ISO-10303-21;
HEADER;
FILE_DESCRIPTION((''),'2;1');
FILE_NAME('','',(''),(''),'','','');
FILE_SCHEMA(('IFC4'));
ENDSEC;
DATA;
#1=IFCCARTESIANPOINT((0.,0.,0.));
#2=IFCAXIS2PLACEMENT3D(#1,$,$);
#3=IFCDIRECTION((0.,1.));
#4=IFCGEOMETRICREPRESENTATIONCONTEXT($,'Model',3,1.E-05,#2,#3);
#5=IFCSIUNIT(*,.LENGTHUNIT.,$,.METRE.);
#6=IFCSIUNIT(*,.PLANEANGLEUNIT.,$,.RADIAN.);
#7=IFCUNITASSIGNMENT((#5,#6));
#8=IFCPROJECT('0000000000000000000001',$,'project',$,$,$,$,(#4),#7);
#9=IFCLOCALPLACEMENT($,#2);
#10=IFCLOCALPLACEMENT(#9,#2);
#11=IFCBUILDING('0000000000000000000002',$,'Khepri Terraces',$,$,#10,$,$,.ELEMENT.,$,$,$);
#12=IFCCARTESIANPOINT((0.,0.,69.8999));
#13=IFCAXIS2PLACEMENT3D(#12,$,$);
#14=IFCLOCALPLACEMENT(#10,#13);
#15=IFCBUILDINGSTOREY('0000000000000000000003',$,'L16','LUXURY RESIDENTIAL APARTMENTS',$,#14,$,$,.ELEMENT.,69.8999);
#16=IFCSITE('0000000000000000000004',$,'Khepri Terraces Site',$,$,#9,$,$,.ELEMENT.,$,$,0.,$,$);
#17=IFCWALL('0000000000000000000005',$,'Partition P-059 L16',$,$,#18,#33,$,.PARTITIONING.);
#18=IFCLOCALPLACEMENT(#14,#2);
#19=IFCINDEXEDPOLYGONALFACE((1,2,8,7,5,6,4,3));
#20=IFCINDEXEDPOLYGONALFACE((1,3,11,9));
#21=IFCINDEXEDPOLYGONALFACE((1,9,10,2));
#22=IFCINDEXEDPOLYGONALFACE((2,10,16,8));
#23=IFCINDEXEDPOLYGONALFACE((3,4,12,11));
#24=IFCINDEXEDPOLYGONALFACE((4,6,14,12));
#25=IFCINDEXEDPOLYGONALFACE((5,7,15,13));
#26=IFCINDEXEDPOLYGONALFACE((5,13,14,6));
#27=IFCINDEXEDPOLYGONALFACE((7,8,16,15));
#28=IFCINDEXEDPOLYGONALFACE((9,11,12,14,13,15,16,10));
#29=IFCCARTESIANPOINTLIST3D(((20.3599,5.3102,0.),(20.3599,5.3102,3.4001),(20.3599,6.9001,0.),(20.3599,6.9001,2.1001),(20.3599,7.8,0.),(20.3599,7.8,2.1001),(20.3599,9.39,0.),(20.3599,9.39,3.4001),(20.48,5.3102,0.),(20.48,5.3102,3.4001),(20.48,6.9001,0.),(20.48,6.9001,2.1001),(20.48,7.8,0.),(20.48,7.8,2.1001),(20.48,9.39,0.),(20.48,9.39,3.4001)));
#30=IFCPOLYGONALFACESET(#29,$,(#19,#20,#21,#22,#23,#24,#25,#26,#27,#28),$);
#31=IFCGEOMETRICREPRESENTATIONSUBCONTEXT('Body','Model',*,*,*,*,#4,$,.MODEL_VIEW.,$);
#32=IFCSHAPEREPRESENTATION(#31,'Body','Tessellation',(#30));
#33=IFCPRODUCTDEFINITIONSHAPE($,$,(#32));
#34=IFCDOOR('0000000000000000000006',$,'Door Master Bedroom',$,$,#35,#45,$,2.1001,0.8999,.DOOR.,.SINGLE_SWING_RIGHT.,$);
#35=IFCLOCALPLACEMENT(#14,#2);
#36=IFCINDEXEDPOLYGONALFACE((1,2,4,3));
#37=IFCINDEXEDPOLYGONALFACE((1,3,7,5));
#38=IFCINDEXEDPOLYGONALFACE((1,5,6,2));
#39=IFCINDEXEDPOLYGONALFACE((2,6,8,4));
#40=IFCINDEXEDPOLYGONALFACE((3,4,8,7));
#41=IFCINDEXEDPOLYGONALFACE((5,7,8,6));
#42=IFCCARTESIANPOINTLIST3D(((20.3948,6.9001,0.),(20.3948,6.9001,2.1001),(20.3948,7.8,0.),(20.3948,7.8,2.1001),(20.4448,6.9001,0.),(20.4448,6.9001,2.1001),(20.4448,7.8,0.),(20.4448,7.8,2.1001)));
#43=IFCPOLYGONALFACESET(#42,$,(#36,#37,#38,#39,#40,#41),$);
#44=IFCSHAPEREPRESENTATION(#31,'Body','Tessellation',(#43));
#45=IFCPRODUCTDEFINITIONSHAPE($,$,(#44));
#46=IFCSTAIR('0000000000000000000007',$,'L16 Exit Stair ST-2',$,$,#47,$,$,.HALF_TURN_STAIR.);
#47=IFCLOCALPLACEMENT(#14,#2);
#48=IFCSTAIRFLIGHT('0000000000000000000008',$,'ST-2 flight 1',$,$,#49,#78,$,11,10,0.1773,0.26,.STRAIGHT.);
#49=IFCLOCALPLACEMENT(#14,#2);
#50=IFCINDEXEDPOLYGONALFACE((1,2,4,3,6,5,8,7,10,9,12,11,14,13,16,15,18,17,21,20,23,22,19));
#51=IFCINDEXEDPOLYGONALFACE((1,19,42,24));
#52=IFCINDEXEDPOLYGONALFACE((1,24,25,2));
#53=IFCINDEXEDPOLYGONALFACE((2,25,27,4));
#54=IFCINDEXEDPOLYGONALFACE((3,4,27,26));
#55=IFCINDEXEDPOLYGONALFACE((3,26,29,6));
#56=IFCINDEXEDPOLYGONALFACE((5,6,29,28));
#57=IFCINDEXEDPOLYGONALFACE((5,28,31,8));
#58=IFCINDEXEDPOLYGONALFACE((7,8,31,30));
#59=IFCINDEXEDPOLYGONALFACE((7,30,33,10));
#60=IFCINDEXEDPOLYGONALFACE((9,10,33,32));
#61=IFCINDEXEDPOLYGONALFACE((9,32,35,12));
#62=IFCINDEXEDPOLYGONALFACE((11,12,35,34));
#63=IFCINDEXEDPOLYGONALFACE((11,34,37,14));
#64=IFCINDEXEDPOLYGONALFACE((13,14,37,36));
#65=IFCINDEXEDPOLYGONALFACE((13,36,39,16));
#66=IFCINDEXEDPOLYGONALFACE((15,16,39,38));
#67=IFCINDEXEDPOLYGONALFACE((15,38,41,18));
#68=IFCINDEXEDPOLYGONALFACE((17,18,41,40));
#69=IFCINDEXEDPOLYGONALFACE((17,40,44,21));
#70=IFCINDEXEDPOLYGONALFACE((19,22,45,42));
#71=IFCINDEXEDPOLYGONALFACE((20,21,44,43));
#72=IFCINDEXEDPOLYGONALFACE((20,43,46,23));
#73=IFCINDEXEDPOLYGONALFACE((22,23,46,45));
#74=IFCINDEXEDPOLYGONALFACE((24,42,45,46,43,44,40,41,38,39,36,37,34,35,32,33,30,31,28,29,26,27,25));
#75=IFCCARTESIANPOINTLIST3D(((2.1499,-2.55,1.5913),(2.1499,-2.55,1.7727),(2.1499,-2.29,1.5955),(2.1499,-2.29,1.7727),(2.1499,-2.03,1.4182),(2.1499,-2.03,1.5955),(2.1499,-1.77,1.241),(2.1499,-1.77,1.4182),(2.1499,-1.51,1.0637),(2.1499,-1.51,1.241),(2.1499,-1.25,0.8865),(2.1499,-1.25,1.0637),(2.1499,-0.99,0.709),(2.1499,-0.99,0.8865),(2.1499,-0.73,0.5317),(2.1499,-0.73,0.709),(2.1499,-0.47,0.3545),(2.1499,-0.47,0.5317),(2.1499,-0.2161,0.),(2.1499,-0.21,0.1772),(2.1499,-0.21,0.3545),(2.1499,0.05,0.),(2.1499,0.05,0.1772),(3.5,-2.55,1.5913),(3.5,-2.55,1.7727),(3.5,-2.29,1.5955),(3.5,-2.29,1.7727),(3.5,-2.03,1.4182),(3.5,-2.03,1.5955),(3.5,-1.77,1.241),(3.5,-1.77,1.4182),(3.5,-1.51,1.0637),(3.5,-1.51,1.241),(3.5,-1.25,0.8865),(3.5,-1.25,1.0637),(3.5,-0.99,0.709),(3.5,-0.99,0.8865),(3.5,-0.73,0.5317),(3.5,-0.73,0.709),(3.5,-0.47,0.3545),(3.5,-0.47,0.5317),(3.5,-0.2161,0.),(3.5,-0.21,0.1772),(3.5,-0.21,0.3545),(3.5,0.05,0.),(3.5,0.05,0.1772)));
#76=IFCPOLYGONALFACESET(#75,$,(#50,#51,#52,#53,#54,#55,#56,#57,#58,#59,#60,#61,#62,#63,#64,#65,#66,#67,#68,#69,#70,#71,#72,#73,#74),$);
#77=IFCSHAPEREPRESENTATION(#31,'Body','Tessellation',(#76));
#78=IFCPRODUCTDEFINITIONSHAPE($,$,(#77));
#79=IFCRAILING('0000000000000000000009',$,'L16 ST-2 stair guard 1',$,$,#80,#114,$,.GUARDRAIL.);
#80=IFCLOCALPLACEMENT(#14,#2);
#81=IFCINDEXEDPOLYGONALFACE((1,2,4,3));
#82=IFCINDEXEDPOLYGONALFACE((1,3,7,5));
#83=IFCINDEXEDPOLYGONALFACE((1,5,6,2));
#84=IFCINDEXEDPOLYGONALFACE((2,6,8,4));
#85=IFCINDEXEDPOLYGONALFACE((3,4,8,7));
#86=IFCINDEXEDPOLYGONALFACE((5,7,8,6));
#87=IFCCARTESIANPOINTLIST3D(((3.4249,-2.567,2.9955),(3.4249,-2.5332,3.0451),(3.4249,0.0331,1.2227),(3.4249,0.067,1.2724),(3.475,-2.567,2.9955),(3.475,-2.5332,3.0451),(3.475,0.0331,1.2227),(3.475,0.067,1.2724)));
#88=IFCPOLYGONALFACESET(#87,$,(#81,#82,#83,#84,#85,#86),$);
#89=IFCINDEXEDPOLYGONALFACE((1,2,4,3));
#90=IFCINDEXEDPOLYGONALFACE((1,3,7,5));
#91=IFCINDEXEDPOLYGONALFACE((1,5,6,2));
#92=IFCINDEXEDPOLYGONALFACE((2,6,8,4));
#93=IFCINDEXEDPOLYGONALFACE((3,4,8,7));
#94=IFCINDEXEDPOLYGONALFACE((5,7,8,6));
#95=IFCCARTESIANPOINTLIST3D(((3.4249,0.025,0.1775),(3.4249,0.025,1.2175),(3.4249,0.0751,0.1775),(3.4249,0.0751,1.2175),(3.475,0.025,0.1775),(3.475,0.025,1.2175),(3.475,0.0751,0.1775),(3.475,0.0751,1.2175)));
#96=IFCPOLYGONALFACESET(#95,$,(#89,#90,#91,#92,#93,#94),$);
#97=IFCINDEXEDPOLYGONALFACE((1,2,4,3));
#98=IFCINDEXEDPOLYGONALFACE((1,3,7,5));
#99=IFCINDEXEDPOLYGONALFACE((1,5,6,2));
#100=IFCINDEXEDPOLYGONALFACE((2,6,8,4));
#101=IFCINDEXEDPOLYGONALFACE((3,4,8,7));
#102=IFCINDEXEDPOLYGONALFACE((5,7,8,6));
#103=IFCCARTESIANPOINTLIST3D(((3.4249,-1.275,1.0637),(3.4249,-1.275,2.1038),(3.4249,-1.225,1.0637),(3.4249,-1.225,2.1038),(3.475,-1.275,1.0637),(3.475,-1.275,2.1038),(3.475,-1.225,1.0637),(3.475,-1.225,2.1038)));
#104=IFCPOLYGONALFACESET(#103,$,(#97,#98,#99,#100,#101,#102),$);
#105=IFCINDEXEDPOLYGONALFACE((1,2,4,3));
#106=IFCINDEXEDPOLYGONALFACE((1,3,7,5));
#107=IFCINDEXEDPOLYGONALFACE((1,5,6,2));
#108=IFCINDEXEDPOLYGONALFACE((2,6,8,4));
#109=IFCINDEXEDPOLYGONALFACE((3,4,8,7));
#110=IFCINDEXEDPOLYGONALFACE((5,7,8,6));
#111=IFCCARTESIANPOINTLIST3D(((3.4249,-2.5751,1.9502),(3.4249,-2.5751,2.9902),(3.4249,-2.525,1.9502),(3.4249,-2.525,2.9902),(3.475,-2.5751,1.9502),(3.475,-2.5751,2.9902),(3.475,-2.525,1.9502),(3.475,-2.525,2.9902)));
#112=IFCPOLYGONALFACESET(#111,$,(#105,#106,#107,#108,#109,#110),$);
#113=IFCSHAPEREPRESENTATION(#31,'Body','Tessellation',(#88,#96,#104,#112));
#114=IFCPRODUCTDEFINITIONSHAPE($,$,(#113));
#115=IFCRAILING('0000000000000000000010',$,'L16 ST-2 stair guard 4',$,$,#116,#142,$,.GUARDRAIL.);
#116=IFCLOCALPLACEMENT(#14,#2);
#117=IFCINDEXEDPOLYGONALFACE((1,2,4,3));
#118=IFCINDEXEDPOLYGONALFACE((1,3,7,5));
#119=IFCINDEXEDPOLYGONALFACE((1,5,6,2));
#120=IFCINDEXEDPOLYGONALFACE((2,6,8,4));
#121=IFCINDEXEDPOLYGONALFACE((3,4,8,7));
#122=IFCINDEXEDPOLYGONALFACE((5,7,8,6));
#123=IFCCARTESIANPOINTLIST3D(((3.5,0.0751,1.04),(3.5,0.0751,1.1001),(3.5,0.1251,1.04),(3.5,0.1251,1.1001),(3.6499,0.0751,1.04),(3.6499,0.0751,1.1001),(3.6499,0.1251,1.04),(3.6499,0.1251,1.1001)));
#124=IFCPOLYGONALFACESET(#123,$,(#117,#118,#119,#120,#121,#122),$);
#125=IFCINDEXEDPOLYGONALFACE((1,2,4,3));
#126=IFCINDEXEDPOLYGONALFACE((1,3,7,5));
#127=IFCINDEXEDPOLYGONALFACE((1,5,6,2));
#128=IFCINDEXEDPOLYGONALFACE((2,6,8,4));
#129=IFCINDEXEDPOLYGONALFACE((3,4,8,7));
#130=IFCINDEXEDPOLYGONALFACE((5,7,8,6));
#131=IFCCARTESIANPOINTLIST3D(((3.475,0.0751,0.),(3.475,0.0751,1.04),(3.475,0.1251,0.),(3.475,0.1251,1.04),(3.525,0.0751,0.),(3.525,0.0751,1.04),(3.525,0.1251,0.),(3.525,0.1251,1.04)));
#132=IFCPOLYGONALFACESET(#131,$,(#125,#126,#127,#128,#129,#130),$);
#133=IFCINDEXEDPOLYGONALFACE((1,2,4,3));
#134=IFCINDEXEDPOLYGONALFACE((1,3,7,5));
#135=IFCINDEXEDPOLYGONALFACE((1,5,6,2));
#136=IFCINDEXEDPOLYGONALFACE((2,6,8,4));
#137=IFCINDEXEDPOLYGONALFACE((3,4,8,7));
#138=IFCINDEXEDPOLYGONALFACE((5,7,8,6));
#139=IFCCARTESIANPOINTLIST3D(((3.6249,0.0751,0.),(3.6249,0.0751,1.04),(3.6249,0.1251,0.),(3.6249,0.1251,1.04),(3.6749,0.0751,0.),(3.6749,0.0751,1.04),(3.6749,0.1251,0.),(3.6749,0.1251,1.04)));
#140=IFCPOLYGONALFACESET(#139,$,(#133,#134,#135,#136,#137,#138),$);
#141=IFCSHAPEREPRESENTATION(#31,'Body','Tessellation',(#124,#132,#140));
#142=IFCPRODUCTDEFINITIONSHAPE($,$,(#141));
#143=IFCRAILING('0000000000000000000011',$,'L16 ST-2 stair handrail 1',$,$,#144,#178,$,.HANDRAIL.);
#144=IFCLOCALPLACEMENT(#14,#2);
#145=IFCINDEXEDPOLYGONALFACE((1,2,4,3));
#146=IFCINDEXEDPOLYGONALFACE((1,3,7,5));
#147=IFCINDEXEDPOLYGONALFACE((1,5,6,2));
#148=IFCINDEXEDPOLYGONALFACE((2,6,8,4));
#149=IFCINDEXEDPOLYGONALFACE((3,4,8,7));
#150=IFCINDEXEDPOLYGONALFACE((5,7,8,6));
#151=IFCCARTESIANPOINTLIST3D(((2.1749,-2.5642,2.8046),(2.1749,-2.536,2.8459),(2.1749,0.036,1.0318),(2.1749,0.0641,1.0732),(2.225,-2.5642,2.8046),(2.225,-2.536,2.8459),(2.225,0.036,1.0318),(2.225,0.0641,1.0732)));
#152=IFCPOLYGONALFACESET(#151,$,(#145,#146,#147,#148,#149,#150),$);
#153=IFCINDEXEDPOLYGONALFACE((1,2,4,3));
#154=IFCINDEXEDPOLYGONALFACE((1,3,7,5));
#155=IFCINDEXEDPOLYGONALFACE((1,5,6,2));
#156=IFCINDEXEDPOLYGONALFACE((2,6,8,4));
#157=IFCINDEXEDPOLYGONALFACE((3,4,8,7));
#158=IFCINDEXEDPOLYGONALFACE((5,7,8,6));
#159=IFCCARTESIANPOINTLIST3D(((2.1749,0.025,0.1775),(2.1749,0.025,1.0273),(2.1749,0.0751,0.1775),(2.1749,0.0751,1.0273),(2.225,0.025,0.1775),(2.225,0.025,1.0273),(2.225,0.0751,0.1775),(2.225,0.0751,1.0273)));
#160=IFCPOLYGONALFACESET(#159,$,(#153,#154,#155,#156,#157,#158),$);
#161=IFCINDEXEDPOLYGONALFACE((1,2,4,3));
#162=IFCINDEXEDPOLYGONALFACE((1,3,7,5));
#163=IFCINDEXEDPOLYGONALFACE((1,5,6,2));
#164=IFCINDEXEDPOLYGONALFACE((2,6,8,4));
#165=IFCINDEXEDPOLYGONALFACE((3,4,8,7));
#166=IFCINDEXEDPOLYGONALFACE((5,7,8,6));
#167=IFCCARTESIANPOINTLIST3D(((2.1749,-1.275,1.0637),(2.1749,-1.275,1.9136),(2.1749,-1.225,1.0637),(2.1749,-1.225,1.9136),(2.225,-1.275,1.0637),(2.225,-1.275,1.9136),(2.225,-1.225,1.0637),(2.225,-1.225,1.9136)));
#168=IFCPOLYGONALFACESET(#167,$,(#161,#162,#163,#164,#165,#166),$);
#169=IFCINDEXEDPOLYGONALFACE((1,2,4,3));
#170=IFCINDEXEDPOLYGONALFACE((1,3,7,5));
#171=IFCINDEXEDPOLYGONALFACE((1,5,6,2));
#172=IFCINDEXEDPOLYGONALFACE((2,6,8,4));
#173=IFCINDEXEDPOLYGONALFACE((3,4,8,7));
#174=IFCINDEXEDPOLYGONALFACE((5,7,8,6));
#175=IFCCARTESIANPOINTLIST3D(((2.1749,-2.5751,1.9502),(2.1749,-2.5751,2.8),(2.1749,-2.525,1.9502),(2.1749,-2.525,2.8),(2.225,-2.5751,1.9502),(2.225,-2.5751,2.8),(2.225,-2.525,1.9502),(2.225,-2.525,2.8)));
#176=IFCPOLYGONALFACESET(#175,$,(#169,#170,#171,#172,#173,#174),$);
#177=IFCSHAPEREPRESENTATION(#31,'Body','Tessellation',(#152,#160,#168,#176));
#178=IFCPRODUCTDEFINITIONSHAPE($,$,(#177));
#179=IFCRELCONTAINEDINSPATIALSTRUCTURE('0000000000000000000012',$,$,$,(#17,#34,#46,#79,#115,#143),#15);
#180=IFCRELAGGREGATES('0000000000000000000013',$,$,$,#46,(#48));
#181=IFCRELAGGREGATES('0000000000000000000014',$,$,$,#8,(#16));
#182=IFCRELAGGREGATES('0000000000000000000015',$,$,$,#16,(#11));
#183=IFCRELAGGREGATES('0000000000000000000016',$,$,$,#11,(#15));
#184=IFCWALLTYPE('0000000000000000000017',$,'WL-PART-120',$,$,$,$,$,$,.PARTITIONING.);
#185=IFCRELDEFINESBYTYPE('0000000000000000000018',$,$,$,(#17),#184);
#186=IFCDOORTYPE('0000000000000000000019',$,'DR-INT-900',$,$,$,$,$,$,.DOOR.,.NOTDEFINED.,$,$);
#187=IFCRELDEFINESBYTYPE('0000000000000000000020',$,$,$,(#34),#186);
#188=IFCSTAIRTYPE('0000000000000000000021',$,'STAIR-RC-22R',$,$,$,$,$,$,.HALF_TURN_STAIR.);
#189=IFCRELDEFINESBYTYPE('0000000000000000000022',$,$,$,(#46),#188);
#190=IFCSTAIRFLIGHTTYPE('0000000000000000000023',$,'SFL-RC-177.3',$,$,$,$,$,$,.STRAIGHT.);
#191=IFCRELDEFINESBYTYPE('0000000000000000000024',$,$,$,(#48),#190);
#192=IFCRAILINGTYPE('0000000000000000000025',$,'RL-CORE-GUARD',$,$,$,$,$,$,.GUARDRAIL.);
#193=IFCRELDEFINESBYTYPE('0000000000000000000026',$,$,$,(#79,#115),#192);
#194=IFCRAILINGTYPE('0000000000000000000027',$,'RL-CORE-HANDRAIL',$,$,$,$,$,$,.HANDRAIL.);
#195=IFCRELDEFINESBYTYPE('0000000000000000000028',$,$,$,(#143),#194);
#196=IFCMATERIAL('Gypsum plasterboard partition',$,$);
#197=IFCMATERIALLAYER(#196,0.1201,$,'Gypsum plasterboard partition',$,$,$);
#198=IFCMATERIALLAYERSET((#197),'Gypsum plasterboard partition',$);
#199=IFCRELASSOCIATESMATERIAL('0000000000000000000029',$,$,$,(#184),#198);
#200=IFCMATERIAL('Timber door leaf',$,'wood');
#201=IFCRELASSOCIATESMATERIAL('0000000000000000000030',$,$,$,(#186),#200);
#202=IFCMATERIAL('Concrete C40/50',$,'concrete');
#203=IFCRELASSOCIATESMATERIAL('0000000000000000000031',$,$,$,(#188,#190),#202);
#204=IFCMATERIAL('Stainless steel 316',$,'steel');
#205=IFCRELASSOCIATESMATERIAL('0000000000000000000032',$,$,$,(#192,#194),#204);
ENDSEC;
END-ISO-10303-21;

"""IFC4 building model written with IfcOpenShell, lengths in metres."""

from ifc_helpers import new_model, si_unit, direction, frame, frame_2d, origin, origin_2d, place, context, subcontext, project, spatial, polyline, rectangle, outline, extrude, material, layer, layer_set, type_object, element, fill, aggregate, save


model = new_model("IFC4")

# Units and contexts
model_context = context("Model", 3, precision=1e-05, world=origin(), true_north=direction((0.0, 1.0)))
body_context = subcontext(model_context, "Body", "Model", "MODEL_VIEW")
ifc_project = project(units=[si_unit("LENGTHUNIT", "METRE"), si_unit("PLANEANGLEUNIT", "RADIAN")], contexts=[model_context])

# Site, building, storey
site_placement = place(None, origin())
site = spatial("IfcSite", under=ifc_project, at=site_placement, Name="Khepri Terraces Site", CompositionType="ELEMENT", RefElevation=0.0)
building_placement = place(site_placement, origin())
building = spatial("IfcBuilding", under=site, at=building_placement, Name="Khepri Terraces", CompositionType="ELEMENT")
storey_placement = place(building_placement, frame((0.0, 0.0, 69.8999)))
storey = spatial("IfcBuildingStorey", under=building, at=storey_placement, Name="L16", Description="LUXURY RESIDENTIAL APARTMENTS", CompositionType="ELEMENT", Elevation=69.8999)

# Shared definitions
ifc_material_1 = material(Name="Gypsum plasterboard partition")
ifc_layer_1 = layer(ifc_material_1, 0.1201, Name="Gypsum plasterboard partition")
ifc_layer_set_1 = layer_set([ifc_layer_1], Name="Gypsum plasterboard partition")
wall_type_1 = type_object("IfcWallType", Name="WL-PART-120", PredefinedType="PARTITIONING", material=ifc_layer_set_1)

# Shared definitions
ifc_material_2 = material(Name="Timber door leaf", Category="wood")
door_type_1 = type_object("IfcDoorType", Name="DR-INT-900", OperationType="NOTDEFINED", PredefinedType="DOOR", material=ifc_material_2)

# Wall, opening, door
wall_1_placement = place(storey_placement, frame((20.4199, 5.3101, 0.0), z_axis=(0.0, 0.0, 1.0), x_axis=(0.0, 1.0, 0.0)))
wall_1 = element("IfcWall", 1, at=wall_1_placement, inside=storey, type_object=wall_type_1, Name="Partition P-059 L16", PredefinedType="PARTITIONING", context=body_context, shape_type="SweptSolid", body=[
    extrude(rectangle(XDim=4.0798, YDim=0.1201, at=frame_2d((2.04, 0.0))), origin(), (0.0, 0.0, 1.0), 3.4001),
])
opening_1_placement = place(wall_1_placement, frame((1.5901, 0.0, 0.0)))
opening_1 = element("IfcOpeningElement", 2, at=opening_1_placement, cuts=wall_1, PredefinedType="OPENING", context=body_context, shape_type="SweptSolid", body=[
    extrude(rectangle(XDim=0.8999, YDim=2.1001, at=frame_2d((0.45, 1.05))), frame((0.0, 0.0701, 0.0), z_axis=(0.0, -1.0, 0.0), x_axis=(1.0, 0.0, 0.0)), (0.0, 0.0, 1.0), 0.1401),
])
door_1_placement = place(opening_1_placement, frame((0.8999, 0.0, 0.0), z_axis=(0.0, 0.0, 1.0), x_axis=(-1.0, 0.0, 0.0)))
door_1 = element("IfcDoor", 3, at=door_1_placement, inside=storey, type_object=door_type_1, Name="Door Master Bedroom", OperationType="SINGLE_SWING_RIGHT", OverallHeight=2.1001, OverallWidth=0.8999, PredefinedType="DOOR", context=body_context, shape_type="SweptSolid", body=[
    extrude(rectangle(XDim=0.8999, YDim=2.1001, at=frame_2d((0.45, 1.05))), frame((0.0, 0.0249, 0.0), z_axis=(0.0, -1.0, 0.0), x_axis=(1.0, 0.0, 0.0)), (0.0, 0.0, 1.0), 0.05),
])
fill(opening_1, door_1)

# Stair, stair flight
ifc_material_3 = material(Name="Concrete C40/50", Category="concrete")
stair_type = type_object("IfcStairType", Name="STAIR-RC-22R", PredefinedType="HALF_TURN_STAIR", material=ifc_material_3)
stair_placement = place(storey_placement, origin())
stair = element("IfcStair", 4, at=stair_placement, inside=storey, type_object=stair_type, Name="L16 Exit Stair ST-2", PredefinedType="HALF_TURN_STAIR")
stair_flight_type = type_object("IfcStairFlightType", Name="SFL-RC-177.3", PredefinedType="STRAIGHT", material=ifc_material_3)
stair_flight_placement = place(storey_placement, frame((2.825, 0.05, 0.0), z_axis=(0.0, 0.0, 1.0), x_axis=(0.0, -1.0, 0.0)))
stair_flight = element("IfcStairFlight", 5, at=stair_flight_placement, type_object=stair_flight_type, Name="ST-2 flight 1", NumberOfRisers=11, NumberOfTreads=10, PredefinedType="STRAIGHT", RiserHeight=0.1773, TreadLength=0.26, context=body_context, shape_type="SweptSolid", body=[
    extrude(outline(polyline([(0.0, 0.0), (0.0, 0.1772), (0.26, 0.1772), (0.26, 0.3545), (0.52, 0.3545), (0.52, 0.5317), (0.78, 0.5317), (0.78, 0.709), (1.04, 0.709), (1.04, 0.8865), (1.3, 0.8865), (1.3, 1.0637), (1.5601, 1.0637), (1.5601, 1.241), (1.8201, 1.241), (1.8201, 1.4182), (2.0801, 1.4182), (2.0801, 1.5955), (2.3401, 1.5955), (2.3401, 1.7727), (2.6001, 1.7727), (2.6001, 1.95), (2.6001, 1.5913), (0.2661, 0.0), (0.0, 0.0)])), frame((0.0, 0.675, 0.0), z_axis=(0.0, -1.0, 0.0), x_axis=(1.0, 0.0, 0.0)), (0.0, 0.0, 1.0), 1.3501),
])
aggregate(stair, [stair_flight])

# Railings
ifc_material_4 = material(Name="Stainless steel 316", Category="steel")
railing_type_1 = type_object("IfcRailingType", Name="RL-CORE-GUARD", PredefinedType="GUARDRAIL", material=ifc_material_4)
railing_1_placement = place(storey_placement, frame((3.45, 0.05, 0.1775)))
element("IfcRailing", 6, at=railing_1_placement, inside=storey, type_object=railing_type_1, Name="L16 ST-2 stair guard 1", PredefinedType="GUARDRAIL", context=body_context, shape_type="SweptSolid", body=[
    extrude(rectangle(XDim=0.05, YDim=0.0601, at=origin_2d()), frame((0.0, 0.0, 1.0701), z_axis=(0.0, -0.82624, 0.563318), x_axis=(1.0, 0.0, 0.0)), (0.0, 0.0, 1.0), 3.147),
    extrude(rectangle(XDim=0.05, YDim=0.05, at=origin_2d()), origin(), (0.0, 0.0, 1.0), 1.04),
    extrude(rectangle(XDim=0.05, YDim=0.05, at=origin_2d()), frame((0.0, -1.3, 0.8862)), (0.0, 0.0, 1.0), 1.04),
    extrude(rectangle(XDim=0.05, YDim=0.05, at=origin_2d()), frame((0.0, -2.6001, 1.7727)), (0.0, 0.0, 1.0), 1.04),
])
railing_2_placement = place(storey_placement, frame((3.5, 0.1001, 0.0)))
element("IfcRailing", 7, at=railing_2_placement, inside=storey, type_object=railing_type_1, Name="L16 ST-2 stair guard 4", PredefinedType="GUARDRAIL", context=body_context, shape_type="SweptSolid", body=[
    extrude(rectangle(XDim=0.05, YDim=0.0601, at=origin_2d()), frame((0.0, 0.0, 1.0701), z_axis=(1.0, 0.0, 0.0), x_axis=(0.0, 1.0, 0.0)), (0.0, 0.0, 1.0), 0.1499),
    extrude(rectangle(XDim=0.05, YDim=0.05, at=origin_2d()), origin(), (0.0, 0.0, 1.0), 1.04),
    extrude(rectangle(XDim=0.05, YDim=0.05, at=origin_2d()), frame((0.1499, 0.0, 0.0)), (0.0, 0.0, 1.0), 1.04),
])
railing_type_2 = type_object("IfcRailingType", Name="RL-CORE-HANDRAIL", PredefinedType="HANDRAIL", material=ifc_material_4)
railing_3_placement = place(storey_placement, frame((2.2, 0.05, 0.1775)))
element("IfcRailing", 8, at=railing_3_placement, inside=storey, type_object=railing_type_2, Name="L16 ST-2 stair handrail 1", PredefinedType="HANDRAIL", context=body_context, shape_type="SweptSolid", body=[
    extrude(rectangle(XDim=0.05, YDim=0.05, at=origin_2d()), frame((0.0, 0.0, 0.875), z_axis=(0.0, -0.82624, 0.563318), x_axis=(1.0, 0.0, 0.0)), (0.0, 0.0, 1.0), 3.147),
    extrude(rectangle(XDim=0.05, YDim=0.05, at=origin_2d()), origin(), (0.0, 0.0, 1.0), 0.8499),
    extrude(rectangle(XDim=0.05, YDim=0.05, at=origin_2d()), frame((0.0, -1.3, 0.8862)), (0.0, 0.0, 1.0), 0.8499),
    extrude(rectangle(XDim=0.05, YDim=0.05, at=origin_2d()), frame((0.0, -2.6001, 1.7727)), (0.0, 0.0, 1.0), 0.8499),
])

save(model, "model.ifc")
